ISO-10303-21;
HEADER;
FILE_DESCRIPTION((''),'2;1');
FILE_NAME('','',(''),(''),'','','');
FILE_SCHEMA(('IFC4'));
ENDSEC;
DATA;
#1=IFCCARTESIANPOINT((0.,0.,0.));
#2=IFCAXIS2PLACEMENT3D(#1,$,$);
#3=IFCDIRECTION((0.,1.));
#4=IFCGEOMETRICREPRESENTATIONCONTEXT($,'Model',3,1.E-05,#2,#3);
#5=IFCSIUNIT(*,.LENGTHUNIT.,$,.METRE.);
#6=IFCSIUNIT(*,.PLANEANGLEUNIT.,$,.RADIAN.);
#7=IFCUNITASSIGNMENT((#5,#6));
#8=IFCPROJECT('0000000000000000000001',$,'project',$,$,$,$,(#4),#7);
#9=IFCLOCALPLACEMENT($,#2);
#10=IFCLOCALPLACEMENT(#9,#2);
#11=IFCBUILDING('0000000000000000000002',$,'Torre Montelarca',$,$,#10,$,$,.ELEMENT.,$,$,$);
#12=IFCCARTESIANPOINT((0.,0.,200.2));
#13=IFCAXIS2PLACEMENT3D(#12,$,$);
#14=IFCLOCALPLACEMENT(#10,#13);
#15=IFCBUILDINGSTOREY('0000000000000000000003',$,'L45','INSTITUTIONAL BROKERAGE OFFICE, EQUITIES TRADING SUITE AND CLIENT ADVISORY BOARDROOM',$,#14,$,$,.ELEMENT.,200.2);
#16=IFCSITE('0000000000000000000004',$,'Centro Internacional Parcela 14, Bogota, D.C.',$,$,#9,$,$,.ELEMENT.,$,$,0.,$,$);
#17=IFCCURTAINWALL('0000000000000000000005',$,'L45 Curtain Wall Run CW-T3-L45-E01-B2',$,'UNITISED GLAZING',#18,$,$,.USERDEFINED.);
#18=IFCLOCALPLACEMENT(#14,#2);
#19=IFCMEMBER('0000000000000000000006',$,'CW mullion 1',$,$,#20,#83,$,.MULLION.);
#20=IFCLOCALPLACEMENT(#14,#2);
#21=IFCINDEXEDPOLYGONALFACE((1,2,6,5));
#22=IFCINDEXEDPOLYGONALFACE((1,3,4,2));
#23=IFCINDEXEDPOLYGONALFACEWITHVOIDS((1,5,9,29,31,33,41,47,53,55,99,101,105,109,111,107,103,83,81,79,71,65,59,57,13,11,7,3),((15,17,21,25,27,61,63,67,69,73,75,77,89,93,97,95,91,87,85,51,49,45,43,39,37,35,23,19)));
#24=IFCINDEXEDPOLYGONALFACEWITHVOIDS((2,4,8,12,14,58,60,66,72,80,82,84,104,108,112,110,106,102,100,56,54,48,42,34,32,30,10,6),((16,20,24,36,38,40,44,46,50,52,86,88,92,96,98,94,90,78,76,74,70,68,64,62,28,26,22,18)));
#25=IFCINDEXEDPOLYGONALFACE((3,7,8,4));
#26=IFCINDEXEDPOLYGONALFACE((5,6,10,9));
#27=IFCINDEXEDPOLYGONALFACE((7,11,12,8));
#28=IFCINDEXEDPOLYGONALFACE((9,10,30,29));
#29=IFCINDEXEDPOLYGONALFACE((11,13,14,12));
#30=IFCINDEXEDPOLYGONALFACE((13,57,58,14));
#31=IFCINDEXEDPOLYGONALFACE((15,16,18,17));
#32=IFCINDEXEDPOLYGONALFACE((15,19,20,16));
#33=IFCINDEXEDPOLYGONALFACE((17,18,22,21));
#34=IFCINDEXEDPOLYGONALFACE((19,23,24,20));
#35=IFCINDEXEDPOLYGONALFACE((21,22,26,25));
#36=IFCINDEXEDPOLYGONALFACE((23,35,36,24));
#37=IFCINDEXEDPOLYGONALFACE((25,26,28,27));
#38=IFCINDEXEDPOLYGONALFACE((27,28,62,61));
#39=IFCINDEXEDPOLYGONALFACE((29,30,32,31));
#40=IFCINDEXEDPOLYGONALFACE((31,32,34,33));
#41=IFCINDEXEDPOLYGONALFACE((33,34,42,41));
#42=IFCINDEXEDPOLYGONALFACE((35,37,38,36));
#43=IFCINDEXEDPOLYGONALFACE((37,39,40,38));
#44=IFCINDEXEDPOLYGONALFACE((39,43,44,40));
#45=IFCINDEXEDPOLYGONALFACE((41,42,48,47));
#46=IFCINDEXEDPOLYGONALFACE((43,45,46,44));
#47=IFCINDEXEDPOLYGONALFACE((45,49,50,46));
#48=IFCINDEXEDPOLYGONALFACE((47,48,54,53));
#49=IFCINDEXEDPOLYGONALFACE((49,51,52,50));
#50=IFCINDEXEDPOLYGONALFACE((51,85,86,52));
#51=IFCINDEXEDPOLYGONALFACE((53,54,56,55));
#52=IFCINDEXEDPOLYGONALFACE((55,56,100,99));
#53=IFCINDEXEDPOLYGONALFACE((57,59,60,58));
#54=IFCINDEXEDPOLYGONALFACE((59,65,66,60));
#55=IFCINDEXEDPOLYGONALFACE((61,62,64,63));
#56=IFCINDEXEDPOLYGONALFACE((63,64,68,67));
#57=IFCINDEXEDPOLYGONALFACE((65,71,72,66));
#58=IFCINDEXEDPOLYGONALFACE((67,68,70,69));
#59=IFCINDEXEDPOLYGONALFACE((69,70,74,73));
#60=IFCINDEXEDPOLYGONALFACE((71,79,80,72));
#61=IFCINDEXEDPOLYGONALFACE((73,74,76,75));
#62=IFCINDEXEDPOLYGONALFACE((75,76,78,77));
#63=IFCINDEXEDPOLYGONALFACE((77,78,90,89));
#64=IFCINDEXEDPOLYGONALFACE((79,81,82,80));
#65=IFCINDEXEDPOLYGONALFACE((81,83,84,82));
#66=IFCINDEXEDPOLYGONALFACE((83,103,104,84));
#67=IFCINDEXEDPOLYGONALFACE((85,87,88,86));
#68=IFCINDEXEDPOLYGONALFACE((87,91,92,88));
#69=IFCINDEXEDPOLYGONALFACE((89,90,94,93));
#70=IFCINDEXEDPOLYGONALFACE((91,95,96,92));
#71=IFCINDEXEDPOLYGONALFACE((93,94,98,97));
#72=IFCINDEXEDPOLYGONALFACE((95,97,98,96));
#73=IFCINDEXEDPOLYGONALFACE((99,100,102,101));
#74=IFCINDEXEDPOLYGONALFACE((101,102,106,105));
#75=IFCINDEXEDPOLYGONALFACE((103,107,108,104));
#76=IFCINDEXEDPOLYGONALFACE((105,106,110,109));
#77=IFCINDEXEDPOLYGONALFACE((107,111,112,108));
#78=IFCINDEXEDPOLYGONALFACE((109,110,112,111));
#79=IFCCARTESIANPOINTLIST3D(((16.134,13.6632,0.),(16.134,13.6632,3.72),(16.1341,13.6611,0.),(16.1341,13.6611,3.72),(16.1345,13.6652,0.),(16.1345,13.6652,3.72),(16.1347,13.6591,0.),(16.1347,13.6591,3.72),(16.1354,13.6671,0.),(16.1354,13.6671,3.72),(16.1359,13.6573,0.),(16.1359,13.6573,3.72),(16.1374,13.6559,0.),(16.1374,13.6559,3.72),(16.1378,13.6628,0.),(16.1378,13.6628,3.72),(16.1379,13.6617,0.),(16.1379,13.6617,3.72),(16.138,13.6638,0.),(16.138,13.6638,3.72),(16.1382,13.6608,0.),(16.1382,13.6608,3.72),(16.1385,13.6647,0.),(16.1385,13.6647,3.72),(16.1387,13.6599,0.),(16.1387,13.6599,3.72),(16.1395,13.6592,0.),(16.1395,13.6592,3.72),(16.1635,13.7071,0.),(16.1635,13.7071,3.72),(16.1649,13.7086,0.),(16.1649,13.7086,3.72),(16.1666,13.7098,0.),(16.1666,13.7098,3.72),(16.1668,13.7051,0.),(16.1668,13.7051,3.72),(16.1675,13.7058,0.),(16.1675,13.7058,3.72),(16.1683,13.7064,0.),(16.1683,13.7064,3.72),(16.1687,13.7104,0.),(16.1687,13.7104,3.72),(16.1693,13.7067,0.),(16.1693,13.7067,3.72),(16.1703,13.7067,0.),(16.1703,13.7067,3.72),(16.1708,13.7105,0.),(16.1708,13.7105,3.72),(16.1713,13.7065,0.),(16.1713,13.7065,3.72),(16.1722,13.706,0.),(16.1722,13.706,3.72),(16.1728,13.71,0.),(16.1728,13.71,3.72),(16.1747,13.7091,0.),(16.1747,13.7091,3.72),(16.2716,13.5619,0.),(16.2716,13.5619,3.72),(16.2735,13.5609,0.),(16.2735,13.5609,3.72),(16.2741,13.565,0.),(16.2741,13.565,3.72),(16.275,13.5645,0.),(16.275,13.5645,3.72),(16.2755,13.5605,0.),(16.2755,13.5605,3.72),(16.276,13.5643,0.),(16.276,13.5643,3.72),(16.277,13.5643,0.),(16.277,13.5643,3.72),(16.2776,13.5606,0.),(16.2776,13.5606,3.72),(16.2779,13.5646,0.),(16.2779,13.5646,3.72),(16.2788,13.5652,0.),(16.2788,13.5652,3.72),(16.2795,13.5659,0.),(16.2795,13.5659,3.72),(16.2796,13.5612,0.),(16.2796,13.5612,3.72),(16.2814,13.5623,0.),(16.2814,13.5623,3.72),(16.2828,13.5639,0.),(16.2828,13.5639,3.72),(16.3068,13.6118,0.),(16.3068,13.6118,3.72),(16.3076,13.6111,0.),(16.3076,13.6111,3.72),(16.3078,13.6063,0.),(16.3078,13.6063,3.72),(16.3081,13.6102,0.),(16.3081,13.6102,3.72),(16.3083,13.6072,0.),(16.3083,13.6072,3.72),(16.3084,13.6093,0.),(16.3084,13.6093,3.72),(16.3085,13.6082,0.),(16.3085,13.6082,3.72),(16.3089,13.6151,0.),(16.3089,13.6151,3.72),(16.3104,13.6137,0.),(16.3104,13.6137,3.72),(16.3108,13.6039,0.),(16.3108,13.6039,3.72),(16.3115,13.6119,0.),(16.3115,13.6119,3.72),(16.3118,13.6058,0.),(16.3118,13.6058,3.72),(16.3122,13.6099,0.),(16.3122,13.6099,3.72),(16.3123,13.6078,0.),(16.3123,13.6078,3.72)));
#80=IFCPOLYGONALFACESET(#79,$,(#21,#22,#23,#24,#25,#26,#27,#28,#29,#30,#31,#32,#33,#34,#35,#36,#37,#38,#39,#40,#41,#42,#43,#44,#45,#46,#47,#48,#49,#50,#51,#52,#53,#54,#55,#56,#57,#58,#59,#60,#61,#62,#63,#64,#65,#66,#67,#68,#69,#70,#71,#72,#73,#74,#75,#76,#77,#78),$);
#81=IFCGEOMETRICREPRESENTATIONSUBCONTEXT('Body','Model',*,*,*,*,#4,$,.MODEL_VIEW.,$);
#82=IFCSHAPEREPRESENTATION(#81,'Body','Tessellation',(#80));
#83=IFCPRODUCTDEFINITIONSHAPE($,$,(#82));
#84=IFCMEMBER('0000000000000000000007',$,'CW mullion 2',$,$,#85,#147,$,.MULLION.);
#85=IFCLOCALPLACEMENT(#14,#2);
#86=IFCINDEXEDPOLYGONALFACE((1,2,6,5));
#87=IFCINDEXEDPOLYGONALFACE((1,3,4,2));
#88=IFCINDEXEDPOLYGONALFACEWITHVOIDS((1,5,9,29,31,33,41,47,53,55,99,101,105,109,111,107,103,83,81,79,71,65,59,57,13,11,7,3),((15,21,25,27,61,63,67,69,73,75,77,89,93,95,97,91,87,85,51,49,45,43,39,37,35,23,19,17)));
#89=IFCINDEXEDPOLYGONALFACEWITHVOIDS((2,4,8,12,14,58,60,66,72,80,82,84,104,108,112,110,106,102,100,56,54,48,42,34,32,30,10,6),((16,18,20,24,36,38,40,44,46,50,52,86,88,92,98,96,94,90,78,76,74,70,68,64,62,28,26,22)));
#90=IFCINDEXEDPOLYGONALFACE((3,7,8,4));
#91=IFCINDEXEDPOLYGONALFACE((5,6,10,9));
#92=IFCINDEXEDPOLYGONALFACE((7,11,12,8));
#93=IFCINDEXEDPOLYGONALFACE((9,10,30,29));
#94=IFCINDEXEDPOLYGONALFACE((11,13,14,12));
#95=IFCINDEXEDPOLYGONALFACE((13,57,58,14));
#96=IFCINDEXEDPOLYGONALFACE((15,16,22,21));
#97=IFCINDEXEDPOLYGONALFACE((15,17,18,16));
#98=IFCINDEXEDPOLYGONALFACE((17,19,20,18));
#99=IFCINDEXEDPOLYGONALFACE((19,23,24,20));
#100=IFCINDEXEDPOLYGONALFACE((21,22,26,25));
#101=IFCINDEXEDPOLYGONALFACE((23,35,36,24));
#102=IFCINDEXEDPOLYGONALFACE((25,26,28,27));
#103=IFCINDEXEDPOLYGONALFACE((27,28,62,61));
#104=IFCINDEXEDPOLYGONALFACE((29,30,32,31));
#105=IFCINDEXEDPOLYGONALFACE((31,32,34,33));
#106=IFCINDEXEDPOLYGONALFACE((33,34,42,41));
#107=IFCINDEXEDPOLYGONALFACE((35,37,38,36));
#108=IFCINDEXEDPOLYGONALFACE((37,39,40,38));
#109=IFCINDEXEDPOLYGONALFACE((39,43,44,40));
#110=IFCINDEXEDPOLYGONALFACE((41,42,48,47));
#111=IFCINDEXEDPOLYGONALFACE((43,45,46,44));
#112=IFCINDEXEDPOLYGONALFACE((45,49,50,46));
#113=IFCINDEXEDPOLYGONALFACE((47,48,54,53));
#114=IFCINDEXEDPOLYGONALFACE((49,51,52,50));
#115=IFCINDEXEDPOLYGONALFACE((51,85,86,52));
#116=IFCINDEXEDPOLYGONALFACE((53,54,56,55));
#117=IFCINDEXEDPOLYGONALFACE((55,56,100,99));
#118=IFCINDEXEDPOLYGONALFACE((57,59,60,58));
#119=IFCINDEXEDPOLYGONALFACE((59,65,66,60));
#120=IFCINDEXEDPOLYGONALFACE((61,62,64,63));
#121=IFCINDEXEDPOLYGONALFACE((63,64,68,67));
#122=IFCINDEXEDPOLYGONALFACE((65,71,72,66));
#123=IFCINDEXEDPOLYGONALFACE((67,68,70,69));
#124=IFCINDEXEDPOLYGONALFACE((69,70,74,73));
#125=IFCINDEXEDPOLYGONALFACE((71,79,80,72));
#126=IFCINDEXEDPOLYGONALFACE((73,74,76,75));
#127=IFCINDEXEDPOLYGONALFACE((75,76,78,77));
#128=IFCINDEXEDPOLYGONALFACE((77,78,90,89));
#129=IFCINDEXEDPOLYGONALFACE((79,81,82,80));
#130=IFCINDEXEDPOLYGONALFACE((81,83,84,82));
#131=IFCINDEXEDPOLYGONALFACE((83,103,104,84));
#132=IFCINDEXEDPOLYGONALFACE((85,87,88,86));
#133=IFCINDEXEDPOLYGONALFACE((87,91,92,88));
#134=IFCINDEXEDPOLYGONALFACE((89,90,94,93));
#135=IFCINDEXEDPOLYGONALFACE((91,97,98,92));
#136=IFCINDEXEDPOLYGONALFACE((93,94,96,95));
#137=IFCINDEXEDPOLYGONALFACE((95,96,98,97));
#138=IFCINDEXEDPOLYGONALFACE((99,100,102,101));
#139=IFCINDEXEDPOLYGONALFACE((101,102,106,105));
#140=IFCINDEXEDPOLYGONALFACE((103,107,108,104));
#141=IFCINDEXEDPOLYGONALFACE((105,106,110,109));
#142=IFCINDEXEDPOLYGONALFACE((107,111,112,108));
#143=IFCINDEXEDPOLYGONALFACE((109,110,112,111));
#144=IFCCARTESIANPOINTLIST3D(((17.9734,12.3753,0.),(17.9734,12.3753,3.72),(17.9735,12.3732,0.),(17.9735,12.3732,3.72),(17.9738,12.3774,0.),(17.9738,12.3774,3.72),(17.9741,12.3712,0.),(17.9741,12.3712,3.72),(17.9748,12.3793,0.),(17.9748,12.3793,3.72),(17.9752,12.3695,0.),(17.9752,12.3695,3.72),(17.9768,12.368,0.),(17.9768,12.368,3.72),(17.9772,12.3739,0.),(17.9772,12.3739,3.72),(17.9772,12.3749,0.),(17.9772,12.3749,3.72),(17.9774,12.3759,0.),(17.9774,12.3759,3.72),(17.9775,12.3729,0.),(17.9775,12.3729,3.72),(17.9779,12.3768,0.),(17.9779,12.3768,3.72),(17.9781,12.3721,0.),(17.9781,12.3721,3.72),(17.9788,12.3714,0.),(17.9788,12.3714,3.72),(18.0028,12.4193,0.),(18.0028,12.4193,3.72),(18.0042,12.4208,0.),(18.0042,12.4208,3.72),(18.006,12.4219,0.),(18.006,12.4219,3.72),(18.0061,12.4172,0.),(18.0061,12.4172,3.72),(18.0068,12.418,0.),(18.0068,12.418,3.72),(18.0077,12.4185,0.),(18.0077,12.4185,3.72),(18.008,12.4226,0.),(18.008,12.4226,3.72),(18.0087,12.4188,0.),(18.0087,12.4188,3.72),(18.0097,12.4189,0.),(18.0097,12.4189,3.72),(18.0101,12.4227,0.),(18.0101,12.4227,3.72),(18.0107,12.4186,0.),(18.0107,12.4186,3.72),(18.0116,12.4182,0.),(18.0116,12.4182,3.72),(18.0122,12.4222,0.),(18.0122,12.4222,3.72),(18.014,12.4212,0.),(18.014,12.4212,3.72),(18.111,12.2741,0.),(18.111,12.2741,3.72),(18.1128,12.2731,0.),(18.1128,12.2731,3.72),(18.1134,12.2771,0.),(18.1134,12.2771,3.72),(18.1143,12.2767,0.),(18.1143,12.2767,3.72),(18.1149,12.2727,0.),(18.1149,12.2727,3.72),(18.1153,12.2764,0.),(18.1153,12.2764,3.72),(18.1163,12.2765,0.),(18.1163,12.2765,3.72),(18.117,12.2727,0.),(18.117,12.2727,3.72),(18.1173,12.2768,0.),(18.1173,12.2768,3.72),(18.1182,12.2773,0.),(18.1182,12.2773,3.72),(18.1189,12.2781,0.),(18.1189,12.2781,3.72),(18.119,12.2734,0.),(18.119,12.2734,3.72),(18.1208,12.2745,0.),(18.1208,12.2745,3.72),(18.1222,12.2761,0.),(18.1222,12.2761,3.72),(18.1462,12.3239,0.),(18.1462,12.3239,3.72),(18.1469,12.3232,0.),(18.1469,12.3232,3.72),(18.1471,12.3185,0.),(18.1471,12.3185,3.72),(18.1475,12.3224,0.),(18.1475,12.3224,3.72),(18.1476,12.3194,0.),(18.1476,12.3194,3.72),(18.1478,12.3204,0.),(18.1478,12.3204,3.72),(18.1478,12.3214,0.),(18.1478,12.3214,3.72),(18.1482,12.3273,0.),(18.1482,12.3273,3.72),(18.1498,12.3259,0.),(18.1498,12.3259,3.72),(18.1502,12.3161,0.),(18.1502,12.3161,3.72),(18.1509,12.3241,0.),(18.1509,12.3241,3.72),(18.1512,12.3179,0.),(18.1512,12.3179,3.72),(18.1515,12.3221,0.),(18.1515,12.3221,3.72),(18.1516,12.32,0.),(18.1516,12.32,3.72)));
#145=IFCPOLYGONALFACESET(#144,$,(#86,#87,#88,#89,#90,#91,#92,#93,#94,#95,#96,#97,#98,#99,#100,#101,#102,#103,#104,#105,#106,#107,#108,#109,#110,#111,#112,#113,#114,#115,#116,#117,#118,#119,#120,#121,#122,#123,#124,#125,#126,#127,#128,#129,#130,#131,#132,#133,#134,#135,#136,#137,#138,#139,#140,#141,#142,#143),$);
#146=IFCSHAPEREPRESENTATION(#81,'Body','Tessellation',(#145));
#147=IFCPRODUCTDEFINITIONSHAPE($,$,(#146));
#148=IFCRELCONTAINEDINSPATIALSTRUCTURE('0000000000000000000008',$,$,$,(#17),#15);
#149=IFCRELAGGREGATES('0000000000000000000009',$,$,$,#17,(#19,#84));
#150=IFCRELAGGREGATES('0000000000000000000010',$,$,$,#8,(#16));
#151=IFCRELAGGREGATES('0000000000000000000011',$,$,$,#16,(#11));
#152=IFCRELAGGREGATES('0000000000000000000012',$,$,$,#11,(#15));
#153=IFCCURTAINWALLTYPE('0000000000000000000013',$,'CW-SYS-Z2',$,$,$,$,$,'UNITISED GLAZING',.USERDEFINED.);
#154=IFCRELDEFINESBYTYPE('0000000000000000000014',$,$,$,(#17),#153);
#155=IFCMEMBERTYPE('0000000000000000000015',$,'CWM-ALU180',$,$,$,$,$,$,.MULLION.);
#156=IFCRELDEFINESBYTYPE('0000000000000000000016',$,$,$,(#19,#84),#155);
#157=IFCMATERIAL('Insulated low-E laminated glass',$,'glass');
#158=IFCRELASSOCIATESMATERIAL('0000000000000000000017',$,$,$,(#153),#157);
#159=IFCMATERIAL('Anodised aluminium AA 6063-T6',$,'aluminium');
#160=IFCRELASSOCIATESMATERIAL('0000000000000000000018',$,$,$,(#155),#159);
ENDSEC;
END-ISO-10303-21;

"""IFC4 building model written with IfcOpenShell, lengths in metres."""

from ifc_helpers import new_model, si_unit, direction, frame, origin, origin_2d, place, context, subcontext, project, spatial, hollow_rectangle, extrude, source, transform, mapped, material, material_profile, profile_set, type_object, element, aggregate, save


model = new_model("IFC4")

# Units and contexts
model_context = context("Model", 3, precision=1e-05, world=origin(), true_north=direction((0.0, 1.0)))
body_context = subcontext(model_context, "Body", "Model", "MODEL_VIEW")
ifc_project = project(units=[si_unit("LENGTHUNIT", "METRE"), si_unit("PLANEANGLEUNIT", "RADIAN")], contexts=[model_context])

# Site, building, storey
site_placement = place(None, origin())
site = spatial("IfcSite", under=ifc_project, at=site_placement, Name="Centro Internacional Parcela 14, Bogota, D.C.", CompositionType="ELEMENT", RefElevation=0.0)
building_placement = place(site_placement, origin())
building = spatial("IfcBuilding", under=site, at=building_placement, Name="Torre Montelarca", CompositionType="ELEMENT")
storey_placement = place(building_placement, frame((0.0, 0.0, 200.2)))
storey = spatial("IfcBuildingStorey", under=building, at=storey_placement, Name="L45", Description="INSTITUTIONAL BROKERAGE OFFICE, EQUITIES TRADING SUITE AND CLIENT ADVISORY BOARDROOM", CompositionType="ELEMENT", Elevation=200.2)

# Curtain wall, members
ifc_material_1 = material(Name="Insulated low-E laminated glass", Category="glass")
curtain_wall_type = type_object("IfcCurtainWallType", Name="CW-SYS-Z2", ElementType="UNITISED GLAZING", PredefinedType="USERDEFINED", material=ifc_material_1)
ifc_material_2 = material(Name="Anodised aluminium AA 6063-T6", Category="aluminium")
ifc_material_profile_1 = material_profile(ifc_material_2, hollow_rectangle(XDim=0.0649, YDim=0.1799, WallThickness=0.0039, InnerFilletRadius=0.0039, OuterFilletRadius=0.0081, at=origin_2d()), Name="ALU65X180X4", Category="aluminium")
ifc_profile_set_1 = profile_set([ifc_material_profile_1], Name="Anodised aluminium AA 6063-T6")
member_type_1 = type_object("IfcMemberType", Name="CWM-ALU180", PredefinedType="MULLION", material=ifc_profile_set_1)
shared_shape_1 = source(origin(), body_context, "Body", "SweptSolid", [
    extrude(hollow_rectangle(XDim=0.0649, YDim=0.1799, WallThickness=0.0039, InnerFilletRadius=0.0039, OuterFilletRadius=0.0081, at=origin_2d()), origin(), (0.0, 0.0, 1.0), 3.72),
])
curtain_wall_1_placement = place(storey_placement, origin())
curtain_wall_1 = element("IfcCurtainWall", 1, at=curtain_wall_1_placement, inside=storey, type_object=curtain_wall_type, Name="L45 Curtain Wall Run CW-T3-L45-E01-B2", ObjectType="UNITISED GLAZING", PredefinedType="USERDEFINED")
member_1_placement = place(storey_placement, frame((16.2231, 13.6355, 0.0), z_axis=(0.0, 0.0, 1.0), x_axis=(0.573561, 0.819163, 0.0)))
member_1 = element("IfcMember", 2, at=member_1_placement, type_object=member_type_1, Name="CW mullion 1", PredefinedType="MULLION", context=body_context, shape_type="MappedRepresentation", body=[
    mapped(shared_shape_1, transform((0.0, 0.0, 0.0), scale=1.0)),
])
member_2_placement = place(storey_placement, frame((18.0625, 12.3477, 0.0), z_axis=(0.0, 0.0, 1.0), x_axis=(0.573561, 0.819163, 0.0)))
member_2 = element("IfcMember", 3, at=member_2_placement, type_object=member_type_1, Name="CW mullion 2", PredefinedType="MULLION", context=body_context, shape_type="MappedRepresentation", body=[
    mapped(shared_shape_1, transform((0.0, 0.0, 0.0), scale=1.0)),
])

aggregate(curtain_wall_1, [member_1, member_2])

save(model, "model.ifc")
